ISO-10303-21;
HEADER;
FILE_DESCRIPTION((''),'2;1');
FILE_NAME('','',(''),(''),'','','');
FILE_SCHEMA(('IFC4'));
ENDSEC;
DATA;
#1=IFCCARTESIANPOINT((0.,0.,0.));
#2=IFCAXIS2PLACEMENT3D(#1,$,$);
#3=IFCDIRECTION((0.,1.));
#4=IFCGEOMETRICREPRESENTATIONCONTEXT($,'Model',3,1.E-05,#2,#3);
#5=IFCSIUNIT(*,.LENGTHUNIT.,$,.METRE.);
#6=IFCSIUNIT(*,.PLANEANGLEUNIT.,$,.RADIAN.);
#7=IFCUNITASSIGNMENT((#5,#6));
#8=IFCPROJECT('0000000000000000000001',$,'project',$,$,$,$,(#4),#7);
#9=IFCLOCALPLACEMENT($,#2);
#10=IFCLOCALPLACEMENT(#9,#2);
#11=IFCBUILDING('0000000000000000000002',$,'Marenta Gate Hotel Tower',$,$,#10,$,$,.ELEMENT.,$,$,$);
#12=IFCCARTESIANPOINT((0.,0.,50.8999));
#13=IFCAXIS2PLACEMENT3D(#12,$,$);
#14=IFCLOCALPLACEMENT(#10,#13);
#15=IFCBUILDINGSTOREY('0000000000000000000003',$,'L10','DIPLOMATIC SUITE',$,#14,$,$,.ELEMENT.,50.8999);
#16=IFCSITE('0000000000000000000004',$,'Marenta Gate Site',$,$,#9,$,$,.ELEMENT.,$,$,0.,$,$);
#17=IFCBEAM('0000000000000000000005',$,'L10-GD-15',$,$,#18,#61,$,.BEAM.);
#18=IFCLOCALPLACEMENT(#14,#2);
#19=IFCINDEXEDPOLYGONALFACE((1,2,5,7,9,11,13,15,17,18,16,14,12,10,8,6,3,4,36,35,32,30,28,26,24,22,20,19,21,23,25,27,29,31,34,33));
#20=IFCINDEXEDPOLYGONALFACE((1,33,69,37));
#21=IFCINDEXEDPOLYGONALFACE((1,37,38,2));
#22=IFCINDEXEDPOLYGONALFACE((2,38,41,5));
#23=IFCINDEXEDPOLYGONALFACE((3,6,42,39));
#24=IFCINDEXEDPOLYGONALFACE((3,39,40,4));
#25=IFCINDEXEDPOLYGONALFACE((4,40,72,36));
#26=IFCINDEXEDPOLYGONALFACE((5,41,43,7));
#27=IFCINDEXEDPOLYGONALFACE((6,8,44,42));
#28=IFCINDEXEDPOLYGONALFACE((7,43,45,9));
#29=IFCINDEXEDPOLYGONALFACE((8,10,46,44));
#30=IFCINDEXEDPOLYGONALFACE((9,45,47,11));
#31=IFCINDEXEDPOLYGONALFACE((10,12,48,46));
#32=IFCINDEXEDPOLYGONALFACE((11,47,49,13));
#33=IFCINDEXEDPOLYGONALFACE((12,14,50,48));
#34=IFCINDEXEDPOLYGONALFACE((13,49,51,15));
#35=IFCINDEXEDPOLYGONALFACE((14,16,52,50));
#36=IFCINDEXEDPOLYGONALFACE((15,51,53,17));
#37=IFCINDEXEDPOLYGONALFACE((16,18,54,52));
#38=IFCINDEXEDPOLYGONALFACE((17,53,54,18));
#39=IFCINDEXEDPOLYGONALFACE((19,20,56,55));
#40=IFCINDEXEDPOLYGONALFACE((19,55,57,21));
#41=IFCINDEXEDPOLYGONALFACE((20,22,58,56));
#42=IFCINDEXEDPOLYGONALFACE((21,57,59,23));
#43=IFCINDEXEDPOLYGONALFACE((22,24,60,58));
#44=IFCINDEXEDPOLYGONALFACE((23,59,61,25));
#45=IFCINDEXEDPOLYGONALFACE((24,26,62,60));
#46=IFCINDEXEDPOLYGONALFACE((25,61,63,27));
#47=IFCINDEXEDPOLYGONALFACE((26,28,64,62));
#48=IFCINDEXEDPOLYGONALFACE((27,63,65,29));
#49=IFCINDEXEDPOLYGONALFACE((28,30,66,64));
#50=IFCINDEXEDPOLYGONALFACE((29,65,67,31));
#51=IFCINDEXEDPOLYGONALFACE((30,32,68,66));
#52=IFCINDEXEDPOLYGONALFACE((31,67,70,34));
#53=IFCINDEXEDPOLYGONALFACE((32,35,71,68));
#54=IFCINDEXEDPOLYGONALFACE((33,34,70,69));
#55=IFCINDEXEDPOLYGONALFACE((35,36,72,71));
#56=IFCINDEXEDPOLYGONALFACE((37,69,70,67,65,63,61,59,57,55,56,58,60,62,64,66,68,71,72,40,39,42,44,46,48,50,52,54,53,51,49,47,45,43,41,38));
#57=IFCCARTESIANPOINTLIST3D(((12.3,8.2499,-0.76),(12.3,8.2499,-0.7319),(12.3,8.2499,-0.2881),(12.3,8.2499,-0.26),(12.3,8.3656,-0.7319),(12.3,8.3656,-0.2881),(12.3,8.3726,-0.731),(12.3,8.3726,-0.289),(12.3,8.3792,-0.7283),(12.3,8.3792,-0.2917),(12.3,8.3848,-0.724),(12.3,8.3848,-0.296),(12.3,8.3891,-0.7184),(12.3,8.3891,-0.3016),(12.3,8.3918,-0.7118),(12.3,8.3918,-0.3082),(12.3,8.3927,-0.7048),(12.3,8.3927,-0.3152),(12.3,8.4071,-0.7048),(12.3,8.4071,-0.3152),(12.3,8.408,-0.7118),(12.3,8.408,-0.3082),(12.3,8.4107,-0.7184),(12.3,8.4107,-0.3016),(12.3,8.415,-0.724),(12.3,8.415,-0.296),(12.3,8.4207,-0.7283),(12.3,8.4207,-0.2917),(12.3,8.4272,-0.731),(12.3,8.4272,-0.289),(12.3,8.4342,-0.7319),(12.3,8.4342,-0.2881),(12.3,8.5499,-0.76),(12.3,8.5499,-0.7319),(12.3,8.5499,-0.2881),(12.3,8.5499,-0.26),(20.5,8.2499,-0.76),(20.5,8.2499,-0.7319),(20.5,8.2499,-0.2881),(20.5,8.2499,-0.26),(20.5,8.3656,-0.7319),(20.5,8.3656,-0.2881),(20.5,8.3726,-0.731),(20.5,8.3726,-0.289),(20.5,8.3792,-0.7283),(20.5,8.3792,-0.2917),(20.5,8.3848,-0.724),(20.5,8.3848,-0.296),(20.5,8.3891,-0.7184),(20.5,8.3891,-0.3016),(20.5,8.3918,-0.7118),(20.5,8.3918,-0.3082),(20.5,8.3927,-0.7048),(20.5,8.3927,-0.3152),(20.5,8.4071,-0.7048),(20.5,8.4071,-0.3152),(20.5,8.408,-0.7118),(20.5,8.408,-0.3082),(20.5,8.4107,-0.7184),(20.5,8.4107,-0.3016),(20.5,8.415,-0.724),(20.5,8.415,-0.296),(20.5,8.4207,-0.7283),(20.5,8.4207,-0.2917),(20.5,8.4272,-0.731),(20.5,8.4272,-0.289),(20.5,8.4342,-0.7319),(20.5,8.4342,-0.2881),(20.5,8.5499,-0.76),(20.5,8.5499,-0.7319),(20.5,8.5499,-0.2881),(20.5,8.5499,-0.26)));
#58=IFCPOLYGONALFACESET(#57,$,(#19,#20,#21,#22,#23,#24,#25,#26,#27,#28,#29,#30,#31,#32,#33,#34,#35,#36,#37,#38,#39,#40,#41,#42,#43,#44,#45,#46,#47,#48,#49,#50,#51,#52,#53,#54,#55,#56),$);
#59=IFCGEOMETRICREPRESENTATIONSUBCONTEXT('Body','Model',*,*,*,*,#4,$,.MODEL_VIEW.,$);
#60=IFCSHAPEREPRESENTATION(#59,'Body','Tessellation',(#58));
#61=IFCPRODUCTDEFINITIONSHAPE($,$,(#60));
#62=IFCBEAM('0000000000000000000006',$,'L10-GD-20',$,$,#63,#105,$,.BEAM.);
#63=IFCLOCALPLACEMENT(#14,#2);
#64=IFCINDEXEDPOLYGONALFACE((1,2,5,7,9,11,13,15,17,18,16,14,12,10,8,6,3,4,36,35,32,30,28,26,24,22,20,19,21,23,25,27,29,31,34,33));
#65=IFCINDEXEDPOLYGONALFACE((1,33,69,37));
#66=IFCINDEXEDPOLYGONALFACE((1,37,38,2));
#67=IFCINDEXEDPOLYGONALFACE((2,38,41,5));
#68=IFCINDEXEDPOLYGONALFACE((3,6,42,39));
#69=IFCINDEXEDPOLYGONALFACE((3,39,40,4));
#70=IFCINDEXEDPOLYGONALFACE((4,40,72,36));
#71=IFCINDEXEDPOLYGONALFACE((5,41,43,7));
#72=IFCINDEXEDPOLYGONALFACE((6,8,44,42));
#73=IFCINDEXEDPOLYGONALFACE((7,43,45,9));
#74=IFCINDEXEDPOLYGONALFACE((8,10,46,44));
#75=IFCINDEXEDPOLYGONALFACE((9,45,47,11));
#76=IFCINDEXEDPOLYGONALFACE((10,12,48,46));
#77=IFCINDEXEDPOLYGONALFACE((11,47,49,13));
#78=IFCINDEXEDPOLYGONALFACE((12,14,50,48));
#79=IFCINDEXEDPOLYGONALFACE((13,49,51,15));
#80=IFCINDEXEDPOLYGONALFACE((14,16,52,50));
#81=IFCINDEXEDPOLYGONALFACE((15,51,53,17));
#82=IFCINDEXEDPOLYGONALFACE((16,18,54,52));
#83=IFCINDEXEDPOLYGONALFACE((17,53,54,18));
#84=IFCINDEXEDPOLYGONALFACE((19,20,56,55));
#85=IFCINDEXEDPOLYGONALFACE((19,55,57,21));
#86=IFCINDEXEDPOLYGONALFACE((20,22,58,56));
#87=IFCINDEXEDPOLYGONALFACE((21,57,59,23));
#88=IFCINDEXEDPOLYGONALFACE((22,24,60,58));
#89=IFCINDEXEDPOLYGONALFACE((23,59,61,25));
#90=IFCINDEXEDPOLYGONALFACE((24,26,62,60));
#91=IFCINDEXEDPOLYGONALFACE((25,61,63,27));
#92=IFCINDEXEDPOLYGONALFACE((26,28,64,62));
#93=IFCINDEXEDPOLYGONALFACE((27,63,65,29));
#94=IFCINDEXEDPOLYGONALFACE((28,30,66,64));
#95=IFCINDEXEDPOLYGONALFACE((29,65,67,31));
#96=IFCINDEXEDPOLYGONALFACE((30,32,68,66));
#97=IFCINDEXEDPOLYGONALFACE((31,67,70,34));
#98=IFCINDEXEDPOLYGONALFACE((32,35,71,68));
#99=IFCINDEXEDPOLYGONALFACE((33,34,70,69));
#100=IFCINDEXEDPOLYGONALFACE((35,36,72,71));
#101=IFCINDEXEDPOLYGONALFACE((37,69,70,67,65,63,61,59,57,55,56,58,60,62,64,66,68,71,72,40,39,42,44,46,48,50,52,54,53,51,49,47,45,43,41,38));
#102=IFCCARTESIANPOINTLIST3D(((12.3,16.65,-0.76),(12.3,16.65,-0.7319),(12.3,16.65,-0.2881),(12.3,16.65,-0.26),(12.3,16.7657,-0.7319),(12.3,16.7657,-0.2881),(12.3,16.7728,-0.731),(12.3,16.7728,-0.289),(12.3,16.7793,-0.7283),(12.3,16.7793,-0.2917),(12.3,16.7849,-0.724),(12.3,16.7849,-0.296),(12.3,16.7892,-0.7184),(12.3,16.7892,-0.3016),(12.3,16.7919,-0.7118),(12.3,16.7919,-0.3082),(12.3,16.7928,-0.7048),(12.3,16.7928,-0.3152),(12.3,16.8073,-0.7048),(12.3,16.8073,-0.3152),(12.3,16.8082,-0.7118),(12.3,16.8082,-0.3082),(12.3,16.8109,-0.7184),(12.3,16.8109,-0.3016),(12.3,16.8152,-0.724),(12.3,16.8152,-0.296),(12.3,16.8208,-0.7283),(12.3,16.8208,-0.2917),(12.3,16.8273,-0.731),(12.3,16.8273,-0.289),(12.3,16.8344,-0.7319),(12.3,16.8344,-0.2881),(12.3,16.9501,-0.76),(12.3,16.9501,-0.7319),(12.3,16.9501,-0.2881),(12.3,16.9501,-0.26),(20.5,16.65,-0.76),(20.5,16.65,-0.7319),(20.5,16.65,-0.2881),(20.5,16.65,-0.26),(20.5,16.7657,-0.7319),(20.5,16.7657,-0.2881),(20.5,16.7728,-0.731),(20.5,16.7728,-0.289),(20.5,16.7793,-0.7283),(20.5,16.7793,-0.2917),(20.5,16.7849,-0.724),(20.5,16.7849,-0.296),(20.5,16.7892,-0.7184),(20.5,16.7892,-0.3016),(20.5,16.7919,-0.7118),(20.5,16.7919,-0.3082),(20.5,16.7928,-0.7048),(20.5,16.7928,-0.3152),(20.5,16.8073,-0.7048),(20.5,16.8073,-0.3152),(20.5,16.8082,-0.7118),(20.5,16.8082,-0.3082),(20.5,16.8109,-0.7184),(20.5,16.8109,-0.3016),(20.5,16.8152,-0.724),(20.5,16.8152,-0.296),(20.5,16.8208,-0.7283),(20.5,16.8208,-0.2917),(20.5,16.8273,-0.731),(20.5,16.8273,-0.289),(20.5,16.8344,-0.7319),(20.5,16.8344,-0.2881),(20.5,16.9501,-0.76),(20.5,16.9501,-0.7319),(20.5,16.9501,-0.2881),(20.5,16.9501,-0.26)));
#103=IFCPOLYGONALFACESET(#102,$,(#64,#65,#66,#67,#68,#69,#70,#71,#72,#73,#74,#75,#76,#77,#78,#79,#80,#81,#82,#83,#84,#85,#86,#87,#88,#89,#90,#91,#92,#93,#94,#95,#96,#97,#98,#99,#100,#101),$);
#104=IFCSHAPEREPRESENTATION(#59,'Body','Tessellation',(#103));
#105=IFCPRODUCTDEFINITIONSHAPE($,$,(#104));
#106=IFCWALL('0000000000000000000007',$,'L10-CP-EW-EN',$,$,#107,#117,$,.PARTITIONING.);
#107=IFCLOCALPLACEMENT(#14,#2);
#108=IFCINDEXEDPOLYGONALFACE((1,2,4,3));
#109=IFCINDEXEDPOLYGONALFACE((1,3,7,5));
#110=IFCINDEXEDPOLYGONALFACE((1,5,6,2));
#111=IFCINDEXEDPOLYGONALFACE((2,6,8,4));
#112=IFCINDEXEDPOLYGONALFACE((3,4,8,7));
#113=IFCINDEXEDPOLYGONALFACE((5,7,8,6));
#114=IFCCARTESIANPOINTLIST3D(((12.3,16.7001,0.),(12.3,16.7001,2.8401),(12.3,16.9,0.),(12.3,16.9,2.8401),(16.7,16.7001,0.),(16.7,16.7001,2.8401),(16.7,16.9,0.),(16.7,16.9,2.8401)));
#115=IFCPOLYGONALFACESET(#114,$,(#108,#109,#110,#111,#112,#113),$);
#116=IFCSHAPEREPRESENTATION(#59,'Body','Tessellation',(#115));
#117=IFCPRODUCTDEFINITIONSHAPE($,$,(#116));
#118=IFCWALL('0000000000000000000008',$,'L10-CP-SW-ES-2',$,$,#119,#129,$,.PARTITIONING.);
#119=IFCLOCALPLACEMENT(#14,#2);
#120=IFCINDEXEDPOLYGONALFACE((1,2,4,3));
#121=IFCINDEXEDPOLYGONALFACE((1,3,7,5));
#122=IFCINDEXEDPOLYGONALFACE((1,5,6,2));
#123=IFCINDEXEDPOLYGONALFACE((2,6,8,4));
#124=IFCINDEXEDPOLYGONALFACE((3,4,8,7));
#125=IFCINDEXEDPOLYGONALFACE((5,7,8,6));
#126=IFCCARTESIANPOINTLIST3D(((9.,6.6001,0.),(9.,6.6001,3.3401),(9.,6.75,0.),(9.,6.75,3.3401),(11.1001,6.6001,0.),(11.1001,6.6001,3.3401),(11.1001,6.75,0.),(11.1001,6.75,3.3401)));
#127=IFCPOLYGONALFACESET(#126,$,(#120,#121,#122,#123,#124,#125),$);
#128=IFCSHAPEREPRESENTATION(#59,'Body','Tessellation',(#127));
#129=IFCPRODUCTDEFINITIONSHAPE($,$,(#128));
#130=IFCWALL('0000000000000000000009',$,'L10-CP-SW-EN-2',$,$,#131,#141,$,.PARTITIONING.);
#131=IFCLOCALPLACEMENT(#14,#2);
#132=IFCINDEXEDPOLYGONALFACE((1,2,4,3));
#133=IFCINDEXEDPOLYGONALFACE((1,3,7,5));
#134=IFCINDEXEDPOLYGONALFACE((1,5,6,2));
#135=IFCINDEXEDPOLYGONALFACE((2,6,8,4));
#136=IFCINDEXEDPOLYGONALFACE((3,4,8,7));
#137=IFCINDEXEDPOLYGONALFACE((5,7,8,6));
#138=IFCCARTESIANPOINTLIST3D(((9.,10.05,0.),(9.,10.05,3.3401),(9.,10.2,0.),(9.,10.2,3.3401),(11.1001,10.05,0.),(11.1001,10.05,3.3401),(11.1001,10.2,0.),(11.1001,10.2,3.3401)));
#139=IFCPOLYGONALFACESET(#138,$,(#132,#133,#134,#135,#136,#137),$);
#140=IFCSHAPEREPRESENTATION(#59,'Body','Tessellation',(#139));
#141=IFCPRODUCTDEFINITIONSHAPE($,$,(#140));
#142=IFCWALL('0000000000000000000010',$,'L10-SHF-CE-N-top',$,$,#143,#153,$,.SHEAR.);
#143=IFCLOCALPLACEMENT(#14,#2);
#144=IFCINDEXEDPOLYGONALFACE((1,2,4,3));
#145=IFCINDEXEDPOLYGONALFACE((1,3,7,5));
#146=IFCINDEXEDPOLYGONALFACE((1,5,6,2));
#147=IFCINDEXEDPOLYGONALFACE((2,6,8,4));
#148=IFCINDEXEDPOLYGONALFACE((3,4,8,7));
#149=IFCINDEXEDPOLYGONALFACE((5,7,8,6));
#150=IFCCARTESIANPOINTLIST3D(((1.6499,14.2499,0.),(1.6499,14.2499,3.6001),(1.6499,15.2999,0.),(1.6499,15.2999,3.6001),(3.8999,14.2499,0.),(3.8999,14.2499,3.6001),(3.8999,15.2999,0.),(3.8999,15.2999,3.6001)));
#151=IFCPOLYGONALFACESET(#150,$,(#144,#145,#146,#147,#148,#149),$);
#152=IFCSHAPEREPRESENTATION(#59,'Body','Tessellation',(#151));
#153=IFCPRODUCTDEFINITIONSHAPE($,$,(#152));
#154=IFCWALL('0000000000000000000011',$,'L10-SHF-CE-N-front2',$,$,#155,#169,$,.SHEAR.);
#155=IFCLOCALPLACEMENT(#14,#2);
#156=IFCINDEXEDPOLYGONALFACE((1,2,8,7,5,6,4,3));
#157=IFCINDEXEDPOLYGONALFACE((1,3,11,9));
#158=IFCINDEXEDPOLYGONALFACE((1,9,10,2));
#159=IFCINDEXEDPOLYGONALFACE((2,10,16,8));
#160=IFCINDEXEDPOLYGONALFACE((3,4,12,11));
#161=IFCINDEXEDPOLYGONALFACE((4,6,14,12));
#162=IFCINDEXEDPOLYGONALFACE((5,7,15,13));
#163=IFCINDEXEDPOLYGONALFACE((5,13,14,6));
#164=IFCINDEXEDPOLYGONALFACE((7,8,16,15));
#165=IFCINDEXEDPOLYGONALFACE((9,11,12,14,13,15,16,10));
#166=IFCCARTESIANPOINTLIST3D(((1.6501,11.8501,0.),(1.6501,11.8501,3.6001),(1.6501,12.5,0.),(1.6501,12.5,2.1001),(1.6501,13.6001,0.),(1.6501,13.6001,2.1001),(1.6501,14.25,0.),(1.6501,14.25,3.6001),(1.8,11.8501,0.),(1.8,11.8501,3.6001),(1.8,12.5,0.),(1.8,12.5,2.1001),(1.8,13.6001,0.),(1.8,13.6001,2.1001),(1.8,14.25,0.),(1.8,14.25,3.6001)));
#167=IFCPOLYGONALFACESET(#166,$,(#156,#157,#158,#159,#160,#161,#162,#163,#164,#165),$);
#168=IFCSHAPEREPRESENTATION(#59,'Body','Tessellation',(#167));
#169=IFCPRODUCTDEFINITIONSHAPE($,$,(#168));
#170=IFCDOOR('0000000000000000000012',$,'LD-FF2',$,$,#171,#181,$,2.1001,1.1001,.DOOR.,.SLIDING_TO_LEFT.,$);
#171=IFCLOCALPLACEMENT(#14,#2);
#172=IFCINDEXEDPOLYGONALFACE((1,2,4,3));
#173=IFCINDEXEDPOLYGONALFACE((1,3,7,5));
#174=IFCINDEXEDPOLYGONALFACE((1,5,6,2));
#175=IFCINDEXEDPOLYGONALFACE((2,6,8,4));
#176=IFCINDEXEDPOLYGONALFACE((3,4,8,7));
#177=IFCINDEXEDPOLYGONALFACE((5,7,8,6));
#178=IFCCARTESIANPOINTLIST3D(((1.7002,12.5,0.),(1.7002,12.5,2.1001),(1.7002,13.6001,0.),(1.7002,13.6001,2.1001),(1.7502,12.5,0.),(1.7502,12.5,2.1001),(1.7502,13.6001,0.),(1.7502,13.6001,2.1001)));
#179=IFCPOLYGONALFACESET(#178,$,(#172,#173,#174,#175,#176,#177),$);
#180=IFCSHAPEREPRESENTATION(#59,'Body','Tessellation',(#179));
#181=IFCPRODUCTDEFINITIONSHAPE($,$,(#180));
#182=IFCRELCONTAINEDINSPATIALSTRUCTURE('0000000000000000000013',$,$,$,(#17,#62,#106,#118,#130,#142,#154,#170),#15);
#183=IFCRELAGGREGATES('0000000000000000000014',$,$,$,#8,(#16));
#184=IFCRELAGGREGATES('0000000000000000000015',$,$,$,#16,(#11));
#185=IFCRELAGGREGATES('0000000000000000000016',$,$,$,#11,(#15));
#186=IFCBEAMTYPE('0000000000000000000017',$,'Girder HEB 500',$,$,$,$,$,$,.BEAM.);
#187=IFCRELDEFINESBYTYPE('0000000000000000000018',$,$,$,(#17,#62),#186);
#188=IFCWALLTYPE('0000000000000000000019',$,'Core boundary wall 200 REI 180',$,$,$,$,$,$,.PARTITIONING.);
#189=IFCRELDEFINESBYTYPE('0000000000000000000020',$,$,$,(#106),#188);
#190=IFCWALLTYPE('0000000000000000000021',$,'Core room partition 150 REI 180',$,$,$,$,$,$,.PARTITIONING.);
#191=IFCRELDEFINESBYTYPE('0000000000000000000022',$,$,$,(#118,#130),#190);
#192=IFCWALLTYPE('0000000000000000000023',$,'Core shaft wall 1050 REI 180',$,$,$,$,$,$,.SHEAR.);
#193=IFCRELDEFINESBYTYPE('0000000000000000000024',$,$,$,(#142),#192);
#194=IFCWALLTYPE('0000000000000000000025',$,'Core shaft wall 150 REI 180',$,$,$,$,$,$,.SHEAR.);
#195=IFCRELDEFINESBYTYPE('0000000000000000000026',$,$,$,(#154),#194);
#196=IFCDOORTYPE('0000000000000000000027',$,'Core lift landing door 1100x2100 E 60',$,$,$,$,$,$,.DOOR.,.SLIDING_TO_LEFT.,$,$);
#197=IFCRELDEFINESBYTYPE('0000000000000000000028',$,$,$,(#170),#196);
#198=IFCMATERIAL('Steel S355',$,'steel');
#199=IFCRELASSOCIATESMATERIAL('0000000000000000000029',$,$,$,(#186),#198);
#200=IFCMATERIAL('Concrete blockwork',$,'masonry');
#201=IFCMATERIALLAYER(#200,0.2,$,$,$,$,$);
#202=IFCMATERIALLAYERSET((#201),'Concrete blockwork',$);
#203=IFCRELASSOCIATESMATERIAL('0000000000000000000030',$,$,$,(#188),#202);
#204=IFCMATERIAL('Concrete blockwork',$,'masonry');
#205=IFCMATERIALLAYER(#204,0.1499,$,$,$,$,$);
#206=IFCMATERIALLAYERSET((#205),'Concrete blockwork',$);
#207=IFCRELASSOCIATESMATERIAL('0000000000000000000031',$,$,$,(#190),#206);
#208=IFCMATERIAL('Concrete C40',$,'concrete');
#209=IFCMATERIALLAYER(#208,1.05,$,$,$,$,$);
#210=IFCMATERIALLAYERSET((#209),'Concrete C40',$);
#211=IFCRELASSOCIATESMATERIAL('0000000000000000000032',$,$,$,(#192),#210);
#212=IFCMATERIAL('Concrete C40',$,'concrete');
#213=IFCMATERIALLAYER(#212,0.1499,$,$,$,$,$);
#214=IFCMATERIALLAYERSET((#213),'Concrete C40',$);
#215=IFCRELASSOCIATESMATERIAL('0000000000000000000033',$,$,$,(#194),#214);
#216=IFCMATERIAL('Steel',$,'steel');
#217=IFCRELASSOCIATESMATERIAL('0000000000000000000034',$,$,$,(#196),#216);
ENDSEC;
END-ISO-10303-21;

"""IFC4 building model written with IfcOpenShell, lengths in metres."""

from ifc_helpers import new_model, si_unit, direction, frame, frame_2d, origin, origin_2d, place, context, subcontext, project, spatial, rectangle, i_section, extrude, material, layer, layer_set, material_profile, profile_set, type_object, element, fill, save


model = new_model("IFC4")

# Units and contexts
model_context = context("Model", 3, precision=1e-05, world=origin(), true_north=direction((0.0, 1.0)))
body_context = subcontext(model_context, "Body", "Model", "MODEL_VIEW")
ifc_project = project(units=[si_unit("LENGTHUNIT", "METRE"), si_unit("PLANEANGLEUNIT", "RADIAN")], contexts=[model_context])

# Site, building, storey
site_placement = place(None, origin())
site = spatial("IfcSite", under=ifc_project, at=site_placement, Name="Marenta Gate Site", CompositionType="ELEMENT", RefElevation=0.0)
building_placement = place(site_placement, origin())
building = spatial("IfcBuilding", under=site, at=building_placement, Name="Marenta Gate Hotel Tower", CompositionType="ELEMENT")
storey_placement = place(building_placement, frame((0.0, 0.0, 50.8999)))
storey = spatial("IfcBuildingStorey", under=building, at=storey_placement, Name="L10", Description="DIPLOMATIC SUITE", CompositionType="ELEMENT", Elevation=50.8999)

# Beams
ifc_material_1 = material(Name="Steel S355", Category="steel")
ifc_material_profile = material_profile(ifc_material_1, i_section(OverallWidth=0.3, OverallDepth=0.5, WebThickness=0.0144, FlangeThickness=0.0281, FilletRadius=0.0271, at=origin_2d()), Name="HEB 500")
ifc_profile_set = profile_set([ifc_material_profile], Name="Steel S355")
beam_type = type_object("IfcBeamType", Name="Girder HEB 500", PredefinedType="BEAM", material=ifc_profile_set)
for number, where, z_axis, x_axis, name in (
    (1, (12.3, 8.3999, -0.51), (1.0, 0.0, 0.0), (0.0, 1.0, 0.0), "L10-GD-15"),
    (2, (12.3, 16.8, -0.51), (1.0, 0.0, 0.0), (0.0, 1.0, 0.0), "L10-GD-20"),
):
    element("IfcBeam", number, at=place(storey_placement, frame(where, z_axis=z_axis, x_axis=x_axis)), inside=storey, type_object=beam_type, Name=name, PredefinedType="BEAM", context=body_context, shape_type="SweptSolid", body=[
        extrude(i_section(OverallWidth=0.3, OverallDepth=0.5, WebThickness=0.0144, FlangeThickness=0.0281, FilletRadius=0.0271, at=origin_2d()), origin(), (0.0, 0.0, 1.0), 8.2),
    ])

# Walls
ifc_material_2 = material(Name="Concrete blockwork", Category="masonry")
ifc_layer_1 = layer(ifc_material_2, 0.2)
ifc_layer_set_1 = layer_set([ifc_layer_1], Name="Concrete blockwork")
wall_type_1 = type_object("IfcWallType", Name="Core boundary wall 200 REI 180", PredefinedType="PARTITIONING", material=ifc_layer_set_1)
wall_1_placement = place(storey_placement, frame((12.3, 16.8, 0.0), z_axis=(0.0, 0.0, 1.0), x_axis=(1.0, 0.0, 0.0)))
element("IfcWall", 3, at=wall_1_placement, inside=storey, type_object=wall_type_1, Name="L10-CP-EW-EN", PredefinedType="PARTITIONING", context=body_context, shape_type="SweptSolid", body=[
    extrude(rectangle(XDim=4.3999, YDim=0.2, at=frame_2d((2.2, 0.0))), origin(), (0.0, 0.0, 1.0), 2.8401),
])
ifc_material_3 = material(Name="Concrete blockwork", Category="masonry")
ifc_layer_2 = layer(ifc_material_3, 0.1499)
ifc_layer_set_2 = layer_set([ifc_layer_2], Name="Concrete blockwork")
wall_type_2 = type_object("IfcWallType", Name="Core room partition 150 REI 180", PredefinedType="PARTITIONING", material=ifc_layer_set_2)
for number, where, z_axis, x_axis, name in (
    (4, (9.0, 6.675, 0.0), (0.0, 0.0, 1.0), (1.0, 0.0, 0.0), "L10-CP-SW-ES-2"),
    (5, (9.0, 10.125, 0.0), (0.0, 0.0, 1.0), (1.0, 0.0, 0.0), "L10-CP-SW-EN-2"),
):
    element("IfcWall", number, at=place(storey_placement, frame(where, z_axis=z_axis, x_axis=x_axis)), inside=storey, type_object=wall_type_2, Name=name, PredefinedType="PARTITIONING", context=body_context, shape_type="SweptSolid", body=[
        extrude(rectangle(XDim=2.1001, YDim=0.1499, at=frame_2d((1.05, 0.0))), origin(), (0.0, 0.0, 1.0), 3.3401),
    ])
ifc_material_4 = material(Name="Concrete C40", Category="concrete")
ifc_layer_3 = layer(ifc_material_4, 1.05)
ifc_layer_set_3 = layer_set([ifc_layer_3], Name="Concrete C40")
wall_type_3 = type_object("IfcWallType", Name="Core shaft wall 1050 REI 180", PredefinedType="SHEAR", material=ifc_layer_set_3)
wall_2_placement = place(storey_placement, frame((1.6499, 14.7749, 0.0), z_axis=(0.0, 0.0, 1.0), x_axis=(1.0, 0.0, 0.0)))
element("IfcWall", 6, at=wall_2_placement, inside=storey, type_object=wall_type_3, Name="L10-SHF-CE-N-top", PredefinedType="SHEAR", context=body_context, shape_type="SweptSolid", body=[
    extrude(rectangle(XDim=2.25, YDim=1.05, at=frame_2d((1.125, 0.0))), origin(), (0.0, 0.0, 1.0), 3.6001),
])

# Wall, opening, door
ifc_material_5 = material(Name="Concrete C40", Category="concrete")
ifc_layer_4 = layer(ifc_material_5, 0.1499)
ifc_layer_set_4 = layer_set([ifc_layer_4], Name="Concrete C40")
wall_type_4 = type_object("IfcWallType", Name="Core shaft wall 150 REI 180", PredefinedType="SHEAR", material=ifc_layer_set_4)
wall_3_placement = place(storey_placement, frame((1.7251, 11.8501, 0.0), z_axis=(0.0, 0.0, 1.0), x_axis=(0.0, 1.0, 0.0)))
wall_3 = element("IfcWall", 7, at=wall_3_placement, inside=storey, type_object=wall_type_4, Name="L10-SHF-CE-N-front2", PredefinedType="SHEAR", context=body_context, shape_type="SweptSolid", body=[
    extrude(rectangle(XDim=2.3999, YDim=0.1499, at=frame_2d((1.2, 0.0))), origin(), (0.0, 0.0, 1.0), 3.6001),
])
opening_1_placement = place(wall_3_placement, frame((0.6499, 0.0, 0.0)))
opening_1 = element("IfcOpeningElement", 8, at=opening_1_placement, cuts=wall_3, PredefinedType="OPENING", context=body_context, shape_type="SweptSolid", body=[
    extrude(rectangle(XDim=1.1001, YDim=2.1001, at=frame_2d((0.55, 1.05))), frame((0.0, 0.075, 0.0), z_axis=(0.0, -1.0, 0.0), x_axis=(1.0, 0.0, 0.0)), (0.0, 0.0, 1.0), 0.1499),
])
ifc_material_6 = material(Name="Steel", Category="steel")
door_type_1 = type_object("IfcDoorType", Name="Core lift landing door 1100x2100 E 60", OperationType="SLIDING_TO_LEFT", PredefinedType="DOOR", material=ifc_material_6)
door_1_placement = place(opening_1_placement, origin())
door_1 = element("IfcDoor", 9, at=door_1_placement, inside=storey, type_object=door_type_1, Name="LD-FF2", OperationType="SLIDING_TO_LEFT", OverallHeight=2.1001, OverallWidth=1.1001, PredefinedType="DOOR", context=body_context, shape_type="SweptSolid", body=[
    extrude(rectangle(XDim=1.1001, YDim=2.1001, at=frame_2d((0.55, 1.05))), frame((0.0, 0.0249, 0.0), z_axis=(0.0, -1.0, 0.0), x_axis=(1.0, 0.0, 0.0)), (0.0, 0.0, 1.0), 0.05),
])
fill(opening_1, door_1)

save(model, "model.ifc")
